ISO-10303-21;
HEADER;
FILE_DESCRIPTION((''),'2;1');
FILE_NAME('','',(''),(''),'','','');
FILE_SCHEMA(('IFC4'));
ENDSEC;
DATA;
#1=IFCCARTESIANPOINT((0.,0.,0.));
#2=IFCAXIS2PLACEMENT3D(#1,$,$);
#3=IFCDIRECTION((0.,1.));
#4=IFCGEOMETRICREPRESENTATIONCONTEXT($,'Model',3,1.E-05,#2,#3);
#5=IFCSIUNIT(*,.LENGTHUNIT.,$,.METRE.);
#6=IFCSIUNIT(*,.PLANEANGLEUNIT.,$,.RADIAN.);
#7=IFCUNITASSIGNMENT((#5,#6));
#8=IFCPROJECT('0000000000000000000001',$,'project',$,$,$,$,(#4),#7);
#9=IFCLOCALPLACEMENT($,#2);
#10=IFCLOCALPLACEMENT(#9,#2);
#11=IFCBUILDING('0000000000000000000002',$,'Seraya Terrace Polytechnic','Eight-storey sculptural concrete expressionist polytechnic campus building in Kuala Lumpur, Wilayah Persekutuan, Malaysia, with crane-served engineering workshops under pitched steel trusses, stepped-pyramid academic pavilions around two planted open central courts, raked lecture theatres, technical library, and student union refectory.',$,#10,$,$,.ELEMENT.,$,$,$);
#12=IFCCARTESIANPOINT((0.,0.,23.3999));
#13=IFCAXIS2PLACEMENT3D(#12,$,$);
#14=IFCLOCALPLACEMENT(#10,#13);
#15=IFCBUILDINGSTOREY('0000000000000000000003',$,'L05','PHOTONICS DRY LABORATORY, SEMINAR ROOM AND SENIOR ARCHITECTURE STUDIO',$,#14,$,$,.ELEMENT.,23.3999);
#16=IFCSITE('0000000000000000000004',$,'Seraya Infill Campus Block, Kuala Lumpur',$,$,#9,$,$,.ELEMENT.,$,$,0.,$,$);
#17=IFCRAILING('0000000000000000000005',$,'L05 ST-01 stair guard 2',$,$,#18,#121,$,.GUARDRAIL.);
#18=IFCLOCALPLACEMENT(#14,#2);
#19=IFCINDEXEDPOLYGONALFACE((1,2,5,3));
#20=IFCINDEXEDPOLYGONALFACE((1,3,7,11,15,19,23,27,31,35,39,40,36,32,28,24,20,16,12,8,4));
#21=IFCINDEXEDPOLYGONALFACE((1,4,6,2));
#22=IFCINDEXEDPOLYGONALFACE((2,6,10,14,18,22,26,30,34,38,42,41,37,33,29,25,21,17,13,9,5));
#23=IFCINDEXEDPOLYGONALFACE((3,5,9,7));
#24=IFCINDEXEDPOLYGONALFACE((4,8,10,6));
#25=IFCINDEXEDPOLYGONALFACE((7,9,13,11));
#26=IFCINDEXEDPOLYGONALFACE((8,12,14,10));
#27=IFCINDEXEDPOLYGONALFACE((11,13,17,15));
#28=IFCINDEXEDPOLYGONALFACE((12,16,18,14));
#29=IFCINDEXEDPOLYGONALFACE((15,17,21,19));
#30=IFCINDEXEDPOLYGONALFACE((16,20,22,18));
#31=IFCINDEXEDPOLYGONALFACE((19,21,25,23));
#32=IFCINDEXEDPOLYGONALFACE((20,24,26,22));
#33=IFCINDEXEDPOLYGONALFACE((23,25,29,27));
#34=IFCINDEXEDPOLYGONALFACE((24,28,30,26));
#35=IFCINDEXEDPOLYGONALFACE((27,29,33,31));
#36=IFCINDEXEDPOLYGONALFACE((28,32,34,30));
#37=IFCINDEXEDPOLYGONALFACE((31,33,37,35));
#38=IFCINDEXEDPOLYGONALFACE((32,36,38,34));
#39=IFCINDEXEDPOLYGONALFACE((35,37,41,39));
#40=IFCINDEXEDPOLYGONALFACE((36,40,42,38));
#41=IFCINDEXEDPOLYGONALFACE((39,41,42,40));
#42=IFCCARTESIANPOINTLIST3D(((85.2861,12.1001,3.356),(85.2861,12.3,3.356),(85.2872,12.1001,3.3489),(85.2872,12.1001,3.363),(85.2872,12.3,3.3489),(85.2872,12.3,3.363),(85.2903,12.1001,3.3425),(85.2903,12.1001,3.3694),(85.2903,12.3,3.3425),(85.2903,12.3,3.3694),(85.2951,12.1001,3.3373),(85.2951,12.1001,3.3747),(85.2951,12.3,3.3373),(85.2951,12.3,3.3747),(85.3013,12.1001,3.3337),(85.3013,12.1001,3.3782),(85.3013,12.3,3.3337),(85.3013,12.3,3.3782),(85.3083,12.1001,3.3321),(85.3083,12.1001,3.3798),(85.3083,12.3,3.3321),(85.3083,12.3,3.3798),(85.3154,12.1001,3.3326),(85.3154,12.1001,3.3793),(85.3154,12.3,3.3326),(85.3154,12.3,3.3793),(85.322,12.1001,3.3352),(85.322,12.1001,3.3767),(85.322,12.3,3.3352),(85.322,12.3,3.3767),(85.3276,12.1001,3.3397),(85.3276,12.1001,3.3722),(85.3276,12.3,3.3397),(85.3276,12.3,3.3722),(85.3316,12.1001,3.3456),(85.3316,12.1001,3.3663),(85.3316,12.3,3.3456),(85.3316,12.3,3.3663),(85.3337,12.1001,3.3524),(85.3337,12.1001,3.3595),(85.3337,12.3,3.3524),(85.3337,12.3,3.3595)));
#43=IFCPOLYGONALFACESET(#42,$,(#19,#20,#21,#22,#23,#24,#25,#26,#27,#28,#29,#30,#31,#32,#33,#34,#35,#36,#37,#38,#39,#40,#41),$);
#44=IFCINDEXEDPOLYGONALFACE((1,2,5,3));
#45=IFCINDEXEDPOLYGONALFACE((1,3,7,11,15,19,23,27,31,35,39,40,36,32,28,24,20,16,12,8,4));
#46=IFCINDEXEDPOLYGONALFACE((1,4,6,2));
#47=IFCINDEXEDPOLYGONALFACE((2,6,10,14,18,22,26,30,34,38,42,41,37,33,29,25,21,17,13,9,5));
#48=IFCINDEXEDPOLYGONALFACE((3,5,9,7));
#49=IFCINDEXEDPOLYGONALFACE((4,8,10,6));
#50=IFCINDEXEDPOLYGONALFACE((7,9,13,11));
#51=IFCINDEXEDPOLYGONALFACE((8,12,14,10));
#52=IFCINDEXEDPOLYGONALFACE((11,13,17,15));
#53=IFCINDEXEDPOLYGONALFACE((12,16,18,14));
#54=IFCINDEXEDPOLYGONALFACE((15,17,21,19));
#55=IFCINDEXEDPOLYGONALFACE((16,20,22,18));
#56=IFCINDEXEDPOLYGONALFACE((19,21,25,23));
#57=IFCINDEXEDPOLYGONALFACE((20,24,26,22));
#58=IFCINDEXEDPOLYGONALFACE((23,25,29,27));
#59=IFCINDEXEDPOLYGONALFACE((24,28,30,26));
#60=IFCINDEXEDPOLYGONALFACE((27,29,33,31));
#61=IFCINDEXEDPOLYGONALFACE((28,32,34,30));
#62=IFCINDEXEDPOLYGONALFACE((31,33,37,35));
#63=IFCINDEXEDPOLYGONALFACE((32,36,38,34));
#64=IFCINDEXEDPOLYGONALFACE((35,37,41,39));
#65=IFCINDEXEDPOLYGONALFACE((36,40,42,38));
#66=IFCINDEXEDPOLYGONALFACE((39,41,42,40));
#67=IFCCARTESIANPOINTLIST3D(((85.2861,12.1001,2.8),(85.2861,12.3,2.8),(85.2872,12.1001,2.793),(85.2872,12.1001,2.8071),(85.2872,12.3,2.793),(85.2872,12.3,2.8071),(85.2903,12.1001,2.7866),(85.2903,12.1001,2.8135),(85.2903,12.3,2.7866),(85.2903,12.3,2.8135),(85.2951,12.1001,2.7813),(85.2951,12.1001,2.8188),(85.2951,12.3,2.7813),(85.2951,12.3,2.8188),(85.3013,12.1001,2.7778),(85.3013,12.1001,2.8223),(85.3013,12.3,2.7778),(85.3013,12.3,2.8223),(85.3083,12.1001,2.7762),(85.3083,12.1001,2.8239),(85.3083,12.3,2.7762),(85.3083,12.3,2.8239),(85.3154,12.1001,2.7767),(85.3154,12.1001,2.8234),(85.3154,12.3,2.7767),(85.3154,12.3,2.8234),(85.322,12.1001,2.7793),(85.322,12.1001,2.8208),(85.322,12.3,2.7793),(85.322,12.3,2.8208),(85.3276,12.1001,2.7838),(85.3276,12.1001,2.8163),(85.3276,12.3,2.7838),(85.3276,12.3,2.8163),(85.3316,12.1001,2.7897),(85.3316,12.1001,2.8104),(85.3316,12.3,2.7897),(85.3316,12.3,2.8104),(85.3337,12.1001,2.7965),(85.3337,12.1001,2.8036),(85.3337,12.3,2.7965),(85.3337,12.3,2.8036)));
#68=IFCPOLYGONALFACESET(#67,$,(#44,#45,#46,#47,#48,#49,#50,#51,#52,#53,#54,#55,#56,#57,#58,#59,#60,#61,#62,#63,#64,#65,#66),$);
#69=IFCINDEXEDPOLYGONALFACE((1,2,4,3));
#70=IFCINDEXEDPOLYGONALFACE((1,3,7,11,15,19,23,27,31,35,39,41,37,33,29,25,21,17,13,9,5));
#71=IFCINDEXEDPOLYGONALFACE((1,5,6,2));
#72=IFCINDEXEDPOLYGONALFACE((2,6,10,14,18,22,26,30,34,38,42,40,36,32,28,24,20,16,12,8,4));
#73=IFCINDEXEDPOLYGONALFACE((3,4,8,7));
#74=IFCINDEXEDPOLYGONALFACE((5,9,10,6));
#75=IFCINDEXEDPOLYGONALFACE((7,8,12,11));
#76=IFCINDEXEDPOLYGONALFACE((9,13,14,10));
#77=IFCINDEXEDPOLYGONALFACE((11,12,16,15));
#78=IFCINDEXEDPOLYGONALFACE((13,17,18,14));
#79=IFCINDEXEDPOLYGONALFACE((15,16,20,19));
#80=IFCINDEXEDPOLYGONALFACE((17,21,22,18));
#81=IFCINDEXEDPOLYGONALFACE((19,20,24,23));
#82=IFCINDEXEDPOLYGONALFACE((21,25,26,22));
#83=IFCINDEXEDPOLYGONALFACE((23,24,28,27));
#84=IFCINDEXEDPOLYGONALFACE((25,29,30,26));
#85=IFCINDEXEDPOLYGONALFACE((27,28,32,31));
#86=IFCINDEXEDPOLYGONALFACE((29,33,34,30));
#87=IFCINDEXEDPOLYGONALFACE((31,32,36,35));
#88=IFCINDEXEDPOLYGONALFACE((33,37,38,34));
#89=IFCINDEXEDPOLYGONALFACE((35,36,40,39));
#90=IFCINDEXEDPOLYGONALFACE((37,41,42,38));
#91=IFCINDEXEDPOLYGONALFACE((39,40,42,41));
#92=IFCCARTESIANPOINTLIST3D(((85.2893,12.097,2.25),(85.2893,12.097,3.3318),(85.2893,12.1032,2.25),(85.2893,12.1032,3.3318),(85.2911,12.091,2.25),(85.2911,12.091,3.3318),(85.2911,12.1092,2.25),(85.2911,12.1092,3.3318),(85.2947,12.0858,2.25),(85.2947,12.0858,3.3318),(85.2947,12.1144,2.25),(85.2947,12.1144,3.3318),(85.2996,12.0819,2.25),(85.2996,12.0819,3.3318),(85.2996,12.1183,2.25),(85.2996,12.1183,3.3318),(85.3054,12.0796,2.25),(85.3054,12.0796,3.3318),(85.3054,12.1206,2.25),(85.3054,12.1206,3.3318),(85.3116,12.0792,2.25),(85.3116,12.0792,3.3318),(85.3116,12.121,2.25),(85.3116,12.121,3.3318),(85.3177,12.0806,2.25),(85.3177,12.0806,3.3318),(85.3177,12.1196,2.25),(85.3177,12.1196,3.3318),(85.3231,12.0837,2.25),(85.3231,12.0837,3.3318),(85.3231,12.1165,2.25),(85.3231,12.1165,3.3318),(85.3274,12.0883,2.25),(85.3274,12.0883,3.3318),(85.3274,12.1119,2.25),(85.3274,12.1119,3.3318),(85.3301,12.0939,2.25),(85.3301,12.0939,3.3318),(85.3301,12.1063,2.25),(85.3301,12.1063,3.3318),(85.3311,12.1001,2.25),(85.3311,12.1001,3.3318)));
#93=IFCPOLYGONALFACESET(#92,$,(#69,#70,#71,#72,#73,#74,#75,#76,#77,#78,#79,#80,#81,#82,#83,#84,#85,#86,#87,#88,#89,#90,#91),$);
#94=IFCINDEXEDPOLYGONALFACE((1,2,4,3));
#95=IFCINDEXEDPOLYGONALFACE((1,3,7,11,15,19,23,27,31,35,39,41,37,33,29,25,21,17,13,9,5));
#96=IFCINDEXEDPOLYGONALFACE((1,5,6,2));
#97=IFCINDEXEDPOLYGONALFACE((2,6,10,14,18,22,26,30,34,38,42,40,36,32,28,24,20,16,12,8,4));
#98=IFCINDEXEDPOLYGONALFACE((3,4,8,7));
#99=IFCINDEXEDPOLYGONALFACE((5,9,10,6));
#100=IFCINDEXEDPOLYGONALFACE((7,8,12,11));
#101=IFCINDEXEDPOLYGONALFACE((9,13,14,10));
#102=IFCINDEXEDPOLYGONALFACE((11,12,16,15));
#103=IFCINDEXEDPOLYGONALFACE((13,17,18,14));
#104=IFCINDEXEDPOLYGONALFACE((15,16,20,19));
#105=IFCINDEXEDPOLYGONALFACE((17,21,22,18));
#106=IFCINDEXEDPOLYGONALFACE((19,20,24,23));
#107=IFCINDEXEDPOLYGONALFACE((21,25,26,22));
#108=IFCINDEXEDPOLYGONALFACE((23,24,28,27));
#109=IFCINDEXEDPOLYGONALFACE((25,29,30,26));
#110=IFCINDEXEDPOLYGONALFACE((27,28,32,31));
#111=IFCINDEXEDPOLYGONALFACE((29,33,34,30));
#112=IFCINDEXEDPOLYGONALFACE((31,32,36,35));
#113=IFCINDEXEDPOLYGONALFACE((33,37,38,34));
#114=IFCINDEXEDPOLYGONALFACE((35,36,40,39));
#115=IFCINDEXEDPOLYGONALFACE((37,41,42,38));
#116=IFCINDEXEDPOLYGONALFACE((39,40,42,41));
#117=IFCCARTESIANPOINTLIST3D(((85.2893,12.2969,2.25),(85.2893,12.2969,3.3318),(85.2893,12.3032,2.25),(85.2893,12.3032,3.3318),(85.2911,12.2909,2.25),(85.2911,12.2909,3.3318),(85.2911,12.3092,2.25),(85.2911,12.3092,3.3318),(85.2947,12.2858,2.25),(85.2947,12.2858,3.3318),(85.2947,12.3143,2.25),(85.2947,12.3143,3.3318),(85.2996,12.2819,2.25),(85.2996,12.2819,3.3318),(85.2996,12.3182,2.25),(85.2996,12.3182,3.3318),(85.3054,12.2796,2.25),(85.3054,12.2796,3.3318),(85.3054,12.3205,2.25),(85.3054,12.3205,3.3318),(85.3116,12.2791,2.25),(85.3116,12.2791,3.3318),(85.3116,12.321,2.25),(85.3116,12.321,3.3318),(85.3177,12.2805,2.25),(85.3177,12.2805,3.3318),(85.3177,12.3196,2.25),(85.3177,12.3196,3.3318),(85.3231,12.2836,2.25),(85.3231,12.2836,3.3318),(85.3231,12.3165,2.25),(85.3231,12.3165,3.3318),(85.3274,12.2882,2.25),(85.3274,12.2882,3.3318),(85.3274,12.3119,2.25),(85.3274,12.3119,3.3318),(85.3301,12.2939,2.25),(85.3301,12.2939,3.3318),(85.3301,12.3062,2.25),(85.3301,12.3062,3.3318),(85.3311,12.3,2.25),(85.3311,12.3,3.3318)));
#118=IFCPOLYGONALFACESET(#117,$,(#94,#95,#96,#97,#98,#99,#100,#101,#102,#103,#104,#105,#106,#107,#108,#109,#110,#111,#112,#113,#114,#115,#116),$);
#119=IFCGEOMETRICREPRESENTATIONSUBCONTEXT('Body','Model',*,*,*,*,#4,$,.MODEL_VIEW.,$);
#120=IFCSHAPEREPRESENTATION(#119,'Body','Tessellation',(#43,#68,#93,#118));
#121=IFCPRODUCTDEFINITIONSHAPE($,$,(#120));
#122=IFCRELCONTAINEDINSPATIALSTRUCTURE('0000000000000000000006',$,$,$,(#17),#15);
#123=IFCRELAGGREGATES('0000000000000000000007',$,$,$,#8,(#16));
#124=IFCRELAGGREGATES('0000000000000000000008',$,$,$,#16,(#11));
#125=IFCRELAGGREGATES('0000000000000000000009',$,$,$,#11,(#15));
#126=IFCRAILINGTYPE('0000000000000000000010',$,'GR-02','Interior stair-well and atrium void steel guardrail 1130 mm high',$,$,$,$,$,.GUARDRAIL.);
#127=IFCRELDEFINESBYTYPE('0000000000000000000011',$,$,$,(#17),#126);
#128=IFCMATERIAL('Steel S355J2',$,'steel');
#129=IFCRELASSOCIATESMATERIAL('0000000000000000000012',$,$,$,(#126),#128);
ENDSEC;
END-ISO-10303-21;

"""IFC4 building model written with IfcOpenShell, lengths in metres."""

from ifc_helpers import new_model, si_unit, direction, frame, origin, origin_2d, place, context, subcontext, project, spatial, circle, extrude, material, type_object, element, save


model = new_model("IFC4")

# Units and contexts
model_context = context("Model", 3, precision=1e-05, world=origin(), true_north=direction((0.0, 1.0)))
body_context = subcontext(model_context, "Body", "Model", "MODEL_VIEW")
ifc_project = project(units=[si_unit("LENGTHUNIT", "METRE"), si_unit("PLANEANGLEUNIT", "RADIAN")], contexts=[model_context])

# Site, building, storey
site_placement = place(None, origin())
site = spatial("IfcSite", under=ifc_project, at=site_placement, Name="Seraya Infill Campus Block, Kuala Lumpur", CompositionType="ELEMENT", RefElevation=0.0)
building_placement = place(site_placement, origin())
building = spatial("IfcBuilding", under=site, at=building_placement, Name="Seraya Terrace Polytechnic", Description="Eight-storey sculptural concrete expressionist polytechnic campus building in Kuala Lumpur, Wilayah Persekutuan, Malaysia, with crane-served engineering workshops under pitched steel trusses, stepped-pyramid academic pavilions around two planted open central courts, raked lecture theatres, technical library, and student union refectory.", CompositionType="ELEMENT")
storey_placement = place(building_placement, frame((0.0, 0.0, 23.3999)))
storey = spatial("IfcBuildingStorey", under=building, at=storey_placement, Name="L05", Description="PHOTONICS DRY LABORATORY, SEMINAR ROOM AND SENIOR ARCHITECTURE STUDIO", CompositionType="ELEMENT", Elevation=23.3999)

# Railing
ifc_material_1 = material(Name="Steel S355J2", Category="steel")
railing_type_1 = type_object("IfcRailingType", Name="GR-02", Description="Interior stair-well and atrium void steel guardrail 1130 mm high", PredefinedType="GUARDRAIL", material=ifc_material_1)
railing_1_placement = place(storey_placement, frame((85.3101, 12.1001, 2.25)))
element("IfcRailing", 1, at=railing_1_placement, inside=storey, type_object=railing_type_1, Name="L05 ST-01 stair guard 2", PredefinedType="GUARDRAIL", context=body_context, shape_type="SweptSolid", body=[
    extrude(circle(Radius=0.0239, at=origin_2d()), frame((0.0, 0.0, 1.106), z_axis=(0.0, 1.0, 0.0), x_axis=(-1.0, 0.0, 0.0)), (0.0, 0.0, 1.0), 0.2),
    extrude(circle(Radius=0.0239, at=origin_2d()), frame((0.0, 0.0, 0.55), z_axis=(0.0, 1.0, 0.0), x_axis=(-1.0, 0.0, 0.0)), (0.0, 0.0, 1.0), 0.2),
    extrude(circle(Radius=0.021, at=origin_2d()), origin(), (0.0, 0.0, 1.0), 1.0818),
    extrude(circle(Radius=0.021, at=origin_2d()), frame((0.0, 0.2, 0.0)), (0.0, 0.0, 1.0), 1.0818),
])

save(model, "model.ifc")
